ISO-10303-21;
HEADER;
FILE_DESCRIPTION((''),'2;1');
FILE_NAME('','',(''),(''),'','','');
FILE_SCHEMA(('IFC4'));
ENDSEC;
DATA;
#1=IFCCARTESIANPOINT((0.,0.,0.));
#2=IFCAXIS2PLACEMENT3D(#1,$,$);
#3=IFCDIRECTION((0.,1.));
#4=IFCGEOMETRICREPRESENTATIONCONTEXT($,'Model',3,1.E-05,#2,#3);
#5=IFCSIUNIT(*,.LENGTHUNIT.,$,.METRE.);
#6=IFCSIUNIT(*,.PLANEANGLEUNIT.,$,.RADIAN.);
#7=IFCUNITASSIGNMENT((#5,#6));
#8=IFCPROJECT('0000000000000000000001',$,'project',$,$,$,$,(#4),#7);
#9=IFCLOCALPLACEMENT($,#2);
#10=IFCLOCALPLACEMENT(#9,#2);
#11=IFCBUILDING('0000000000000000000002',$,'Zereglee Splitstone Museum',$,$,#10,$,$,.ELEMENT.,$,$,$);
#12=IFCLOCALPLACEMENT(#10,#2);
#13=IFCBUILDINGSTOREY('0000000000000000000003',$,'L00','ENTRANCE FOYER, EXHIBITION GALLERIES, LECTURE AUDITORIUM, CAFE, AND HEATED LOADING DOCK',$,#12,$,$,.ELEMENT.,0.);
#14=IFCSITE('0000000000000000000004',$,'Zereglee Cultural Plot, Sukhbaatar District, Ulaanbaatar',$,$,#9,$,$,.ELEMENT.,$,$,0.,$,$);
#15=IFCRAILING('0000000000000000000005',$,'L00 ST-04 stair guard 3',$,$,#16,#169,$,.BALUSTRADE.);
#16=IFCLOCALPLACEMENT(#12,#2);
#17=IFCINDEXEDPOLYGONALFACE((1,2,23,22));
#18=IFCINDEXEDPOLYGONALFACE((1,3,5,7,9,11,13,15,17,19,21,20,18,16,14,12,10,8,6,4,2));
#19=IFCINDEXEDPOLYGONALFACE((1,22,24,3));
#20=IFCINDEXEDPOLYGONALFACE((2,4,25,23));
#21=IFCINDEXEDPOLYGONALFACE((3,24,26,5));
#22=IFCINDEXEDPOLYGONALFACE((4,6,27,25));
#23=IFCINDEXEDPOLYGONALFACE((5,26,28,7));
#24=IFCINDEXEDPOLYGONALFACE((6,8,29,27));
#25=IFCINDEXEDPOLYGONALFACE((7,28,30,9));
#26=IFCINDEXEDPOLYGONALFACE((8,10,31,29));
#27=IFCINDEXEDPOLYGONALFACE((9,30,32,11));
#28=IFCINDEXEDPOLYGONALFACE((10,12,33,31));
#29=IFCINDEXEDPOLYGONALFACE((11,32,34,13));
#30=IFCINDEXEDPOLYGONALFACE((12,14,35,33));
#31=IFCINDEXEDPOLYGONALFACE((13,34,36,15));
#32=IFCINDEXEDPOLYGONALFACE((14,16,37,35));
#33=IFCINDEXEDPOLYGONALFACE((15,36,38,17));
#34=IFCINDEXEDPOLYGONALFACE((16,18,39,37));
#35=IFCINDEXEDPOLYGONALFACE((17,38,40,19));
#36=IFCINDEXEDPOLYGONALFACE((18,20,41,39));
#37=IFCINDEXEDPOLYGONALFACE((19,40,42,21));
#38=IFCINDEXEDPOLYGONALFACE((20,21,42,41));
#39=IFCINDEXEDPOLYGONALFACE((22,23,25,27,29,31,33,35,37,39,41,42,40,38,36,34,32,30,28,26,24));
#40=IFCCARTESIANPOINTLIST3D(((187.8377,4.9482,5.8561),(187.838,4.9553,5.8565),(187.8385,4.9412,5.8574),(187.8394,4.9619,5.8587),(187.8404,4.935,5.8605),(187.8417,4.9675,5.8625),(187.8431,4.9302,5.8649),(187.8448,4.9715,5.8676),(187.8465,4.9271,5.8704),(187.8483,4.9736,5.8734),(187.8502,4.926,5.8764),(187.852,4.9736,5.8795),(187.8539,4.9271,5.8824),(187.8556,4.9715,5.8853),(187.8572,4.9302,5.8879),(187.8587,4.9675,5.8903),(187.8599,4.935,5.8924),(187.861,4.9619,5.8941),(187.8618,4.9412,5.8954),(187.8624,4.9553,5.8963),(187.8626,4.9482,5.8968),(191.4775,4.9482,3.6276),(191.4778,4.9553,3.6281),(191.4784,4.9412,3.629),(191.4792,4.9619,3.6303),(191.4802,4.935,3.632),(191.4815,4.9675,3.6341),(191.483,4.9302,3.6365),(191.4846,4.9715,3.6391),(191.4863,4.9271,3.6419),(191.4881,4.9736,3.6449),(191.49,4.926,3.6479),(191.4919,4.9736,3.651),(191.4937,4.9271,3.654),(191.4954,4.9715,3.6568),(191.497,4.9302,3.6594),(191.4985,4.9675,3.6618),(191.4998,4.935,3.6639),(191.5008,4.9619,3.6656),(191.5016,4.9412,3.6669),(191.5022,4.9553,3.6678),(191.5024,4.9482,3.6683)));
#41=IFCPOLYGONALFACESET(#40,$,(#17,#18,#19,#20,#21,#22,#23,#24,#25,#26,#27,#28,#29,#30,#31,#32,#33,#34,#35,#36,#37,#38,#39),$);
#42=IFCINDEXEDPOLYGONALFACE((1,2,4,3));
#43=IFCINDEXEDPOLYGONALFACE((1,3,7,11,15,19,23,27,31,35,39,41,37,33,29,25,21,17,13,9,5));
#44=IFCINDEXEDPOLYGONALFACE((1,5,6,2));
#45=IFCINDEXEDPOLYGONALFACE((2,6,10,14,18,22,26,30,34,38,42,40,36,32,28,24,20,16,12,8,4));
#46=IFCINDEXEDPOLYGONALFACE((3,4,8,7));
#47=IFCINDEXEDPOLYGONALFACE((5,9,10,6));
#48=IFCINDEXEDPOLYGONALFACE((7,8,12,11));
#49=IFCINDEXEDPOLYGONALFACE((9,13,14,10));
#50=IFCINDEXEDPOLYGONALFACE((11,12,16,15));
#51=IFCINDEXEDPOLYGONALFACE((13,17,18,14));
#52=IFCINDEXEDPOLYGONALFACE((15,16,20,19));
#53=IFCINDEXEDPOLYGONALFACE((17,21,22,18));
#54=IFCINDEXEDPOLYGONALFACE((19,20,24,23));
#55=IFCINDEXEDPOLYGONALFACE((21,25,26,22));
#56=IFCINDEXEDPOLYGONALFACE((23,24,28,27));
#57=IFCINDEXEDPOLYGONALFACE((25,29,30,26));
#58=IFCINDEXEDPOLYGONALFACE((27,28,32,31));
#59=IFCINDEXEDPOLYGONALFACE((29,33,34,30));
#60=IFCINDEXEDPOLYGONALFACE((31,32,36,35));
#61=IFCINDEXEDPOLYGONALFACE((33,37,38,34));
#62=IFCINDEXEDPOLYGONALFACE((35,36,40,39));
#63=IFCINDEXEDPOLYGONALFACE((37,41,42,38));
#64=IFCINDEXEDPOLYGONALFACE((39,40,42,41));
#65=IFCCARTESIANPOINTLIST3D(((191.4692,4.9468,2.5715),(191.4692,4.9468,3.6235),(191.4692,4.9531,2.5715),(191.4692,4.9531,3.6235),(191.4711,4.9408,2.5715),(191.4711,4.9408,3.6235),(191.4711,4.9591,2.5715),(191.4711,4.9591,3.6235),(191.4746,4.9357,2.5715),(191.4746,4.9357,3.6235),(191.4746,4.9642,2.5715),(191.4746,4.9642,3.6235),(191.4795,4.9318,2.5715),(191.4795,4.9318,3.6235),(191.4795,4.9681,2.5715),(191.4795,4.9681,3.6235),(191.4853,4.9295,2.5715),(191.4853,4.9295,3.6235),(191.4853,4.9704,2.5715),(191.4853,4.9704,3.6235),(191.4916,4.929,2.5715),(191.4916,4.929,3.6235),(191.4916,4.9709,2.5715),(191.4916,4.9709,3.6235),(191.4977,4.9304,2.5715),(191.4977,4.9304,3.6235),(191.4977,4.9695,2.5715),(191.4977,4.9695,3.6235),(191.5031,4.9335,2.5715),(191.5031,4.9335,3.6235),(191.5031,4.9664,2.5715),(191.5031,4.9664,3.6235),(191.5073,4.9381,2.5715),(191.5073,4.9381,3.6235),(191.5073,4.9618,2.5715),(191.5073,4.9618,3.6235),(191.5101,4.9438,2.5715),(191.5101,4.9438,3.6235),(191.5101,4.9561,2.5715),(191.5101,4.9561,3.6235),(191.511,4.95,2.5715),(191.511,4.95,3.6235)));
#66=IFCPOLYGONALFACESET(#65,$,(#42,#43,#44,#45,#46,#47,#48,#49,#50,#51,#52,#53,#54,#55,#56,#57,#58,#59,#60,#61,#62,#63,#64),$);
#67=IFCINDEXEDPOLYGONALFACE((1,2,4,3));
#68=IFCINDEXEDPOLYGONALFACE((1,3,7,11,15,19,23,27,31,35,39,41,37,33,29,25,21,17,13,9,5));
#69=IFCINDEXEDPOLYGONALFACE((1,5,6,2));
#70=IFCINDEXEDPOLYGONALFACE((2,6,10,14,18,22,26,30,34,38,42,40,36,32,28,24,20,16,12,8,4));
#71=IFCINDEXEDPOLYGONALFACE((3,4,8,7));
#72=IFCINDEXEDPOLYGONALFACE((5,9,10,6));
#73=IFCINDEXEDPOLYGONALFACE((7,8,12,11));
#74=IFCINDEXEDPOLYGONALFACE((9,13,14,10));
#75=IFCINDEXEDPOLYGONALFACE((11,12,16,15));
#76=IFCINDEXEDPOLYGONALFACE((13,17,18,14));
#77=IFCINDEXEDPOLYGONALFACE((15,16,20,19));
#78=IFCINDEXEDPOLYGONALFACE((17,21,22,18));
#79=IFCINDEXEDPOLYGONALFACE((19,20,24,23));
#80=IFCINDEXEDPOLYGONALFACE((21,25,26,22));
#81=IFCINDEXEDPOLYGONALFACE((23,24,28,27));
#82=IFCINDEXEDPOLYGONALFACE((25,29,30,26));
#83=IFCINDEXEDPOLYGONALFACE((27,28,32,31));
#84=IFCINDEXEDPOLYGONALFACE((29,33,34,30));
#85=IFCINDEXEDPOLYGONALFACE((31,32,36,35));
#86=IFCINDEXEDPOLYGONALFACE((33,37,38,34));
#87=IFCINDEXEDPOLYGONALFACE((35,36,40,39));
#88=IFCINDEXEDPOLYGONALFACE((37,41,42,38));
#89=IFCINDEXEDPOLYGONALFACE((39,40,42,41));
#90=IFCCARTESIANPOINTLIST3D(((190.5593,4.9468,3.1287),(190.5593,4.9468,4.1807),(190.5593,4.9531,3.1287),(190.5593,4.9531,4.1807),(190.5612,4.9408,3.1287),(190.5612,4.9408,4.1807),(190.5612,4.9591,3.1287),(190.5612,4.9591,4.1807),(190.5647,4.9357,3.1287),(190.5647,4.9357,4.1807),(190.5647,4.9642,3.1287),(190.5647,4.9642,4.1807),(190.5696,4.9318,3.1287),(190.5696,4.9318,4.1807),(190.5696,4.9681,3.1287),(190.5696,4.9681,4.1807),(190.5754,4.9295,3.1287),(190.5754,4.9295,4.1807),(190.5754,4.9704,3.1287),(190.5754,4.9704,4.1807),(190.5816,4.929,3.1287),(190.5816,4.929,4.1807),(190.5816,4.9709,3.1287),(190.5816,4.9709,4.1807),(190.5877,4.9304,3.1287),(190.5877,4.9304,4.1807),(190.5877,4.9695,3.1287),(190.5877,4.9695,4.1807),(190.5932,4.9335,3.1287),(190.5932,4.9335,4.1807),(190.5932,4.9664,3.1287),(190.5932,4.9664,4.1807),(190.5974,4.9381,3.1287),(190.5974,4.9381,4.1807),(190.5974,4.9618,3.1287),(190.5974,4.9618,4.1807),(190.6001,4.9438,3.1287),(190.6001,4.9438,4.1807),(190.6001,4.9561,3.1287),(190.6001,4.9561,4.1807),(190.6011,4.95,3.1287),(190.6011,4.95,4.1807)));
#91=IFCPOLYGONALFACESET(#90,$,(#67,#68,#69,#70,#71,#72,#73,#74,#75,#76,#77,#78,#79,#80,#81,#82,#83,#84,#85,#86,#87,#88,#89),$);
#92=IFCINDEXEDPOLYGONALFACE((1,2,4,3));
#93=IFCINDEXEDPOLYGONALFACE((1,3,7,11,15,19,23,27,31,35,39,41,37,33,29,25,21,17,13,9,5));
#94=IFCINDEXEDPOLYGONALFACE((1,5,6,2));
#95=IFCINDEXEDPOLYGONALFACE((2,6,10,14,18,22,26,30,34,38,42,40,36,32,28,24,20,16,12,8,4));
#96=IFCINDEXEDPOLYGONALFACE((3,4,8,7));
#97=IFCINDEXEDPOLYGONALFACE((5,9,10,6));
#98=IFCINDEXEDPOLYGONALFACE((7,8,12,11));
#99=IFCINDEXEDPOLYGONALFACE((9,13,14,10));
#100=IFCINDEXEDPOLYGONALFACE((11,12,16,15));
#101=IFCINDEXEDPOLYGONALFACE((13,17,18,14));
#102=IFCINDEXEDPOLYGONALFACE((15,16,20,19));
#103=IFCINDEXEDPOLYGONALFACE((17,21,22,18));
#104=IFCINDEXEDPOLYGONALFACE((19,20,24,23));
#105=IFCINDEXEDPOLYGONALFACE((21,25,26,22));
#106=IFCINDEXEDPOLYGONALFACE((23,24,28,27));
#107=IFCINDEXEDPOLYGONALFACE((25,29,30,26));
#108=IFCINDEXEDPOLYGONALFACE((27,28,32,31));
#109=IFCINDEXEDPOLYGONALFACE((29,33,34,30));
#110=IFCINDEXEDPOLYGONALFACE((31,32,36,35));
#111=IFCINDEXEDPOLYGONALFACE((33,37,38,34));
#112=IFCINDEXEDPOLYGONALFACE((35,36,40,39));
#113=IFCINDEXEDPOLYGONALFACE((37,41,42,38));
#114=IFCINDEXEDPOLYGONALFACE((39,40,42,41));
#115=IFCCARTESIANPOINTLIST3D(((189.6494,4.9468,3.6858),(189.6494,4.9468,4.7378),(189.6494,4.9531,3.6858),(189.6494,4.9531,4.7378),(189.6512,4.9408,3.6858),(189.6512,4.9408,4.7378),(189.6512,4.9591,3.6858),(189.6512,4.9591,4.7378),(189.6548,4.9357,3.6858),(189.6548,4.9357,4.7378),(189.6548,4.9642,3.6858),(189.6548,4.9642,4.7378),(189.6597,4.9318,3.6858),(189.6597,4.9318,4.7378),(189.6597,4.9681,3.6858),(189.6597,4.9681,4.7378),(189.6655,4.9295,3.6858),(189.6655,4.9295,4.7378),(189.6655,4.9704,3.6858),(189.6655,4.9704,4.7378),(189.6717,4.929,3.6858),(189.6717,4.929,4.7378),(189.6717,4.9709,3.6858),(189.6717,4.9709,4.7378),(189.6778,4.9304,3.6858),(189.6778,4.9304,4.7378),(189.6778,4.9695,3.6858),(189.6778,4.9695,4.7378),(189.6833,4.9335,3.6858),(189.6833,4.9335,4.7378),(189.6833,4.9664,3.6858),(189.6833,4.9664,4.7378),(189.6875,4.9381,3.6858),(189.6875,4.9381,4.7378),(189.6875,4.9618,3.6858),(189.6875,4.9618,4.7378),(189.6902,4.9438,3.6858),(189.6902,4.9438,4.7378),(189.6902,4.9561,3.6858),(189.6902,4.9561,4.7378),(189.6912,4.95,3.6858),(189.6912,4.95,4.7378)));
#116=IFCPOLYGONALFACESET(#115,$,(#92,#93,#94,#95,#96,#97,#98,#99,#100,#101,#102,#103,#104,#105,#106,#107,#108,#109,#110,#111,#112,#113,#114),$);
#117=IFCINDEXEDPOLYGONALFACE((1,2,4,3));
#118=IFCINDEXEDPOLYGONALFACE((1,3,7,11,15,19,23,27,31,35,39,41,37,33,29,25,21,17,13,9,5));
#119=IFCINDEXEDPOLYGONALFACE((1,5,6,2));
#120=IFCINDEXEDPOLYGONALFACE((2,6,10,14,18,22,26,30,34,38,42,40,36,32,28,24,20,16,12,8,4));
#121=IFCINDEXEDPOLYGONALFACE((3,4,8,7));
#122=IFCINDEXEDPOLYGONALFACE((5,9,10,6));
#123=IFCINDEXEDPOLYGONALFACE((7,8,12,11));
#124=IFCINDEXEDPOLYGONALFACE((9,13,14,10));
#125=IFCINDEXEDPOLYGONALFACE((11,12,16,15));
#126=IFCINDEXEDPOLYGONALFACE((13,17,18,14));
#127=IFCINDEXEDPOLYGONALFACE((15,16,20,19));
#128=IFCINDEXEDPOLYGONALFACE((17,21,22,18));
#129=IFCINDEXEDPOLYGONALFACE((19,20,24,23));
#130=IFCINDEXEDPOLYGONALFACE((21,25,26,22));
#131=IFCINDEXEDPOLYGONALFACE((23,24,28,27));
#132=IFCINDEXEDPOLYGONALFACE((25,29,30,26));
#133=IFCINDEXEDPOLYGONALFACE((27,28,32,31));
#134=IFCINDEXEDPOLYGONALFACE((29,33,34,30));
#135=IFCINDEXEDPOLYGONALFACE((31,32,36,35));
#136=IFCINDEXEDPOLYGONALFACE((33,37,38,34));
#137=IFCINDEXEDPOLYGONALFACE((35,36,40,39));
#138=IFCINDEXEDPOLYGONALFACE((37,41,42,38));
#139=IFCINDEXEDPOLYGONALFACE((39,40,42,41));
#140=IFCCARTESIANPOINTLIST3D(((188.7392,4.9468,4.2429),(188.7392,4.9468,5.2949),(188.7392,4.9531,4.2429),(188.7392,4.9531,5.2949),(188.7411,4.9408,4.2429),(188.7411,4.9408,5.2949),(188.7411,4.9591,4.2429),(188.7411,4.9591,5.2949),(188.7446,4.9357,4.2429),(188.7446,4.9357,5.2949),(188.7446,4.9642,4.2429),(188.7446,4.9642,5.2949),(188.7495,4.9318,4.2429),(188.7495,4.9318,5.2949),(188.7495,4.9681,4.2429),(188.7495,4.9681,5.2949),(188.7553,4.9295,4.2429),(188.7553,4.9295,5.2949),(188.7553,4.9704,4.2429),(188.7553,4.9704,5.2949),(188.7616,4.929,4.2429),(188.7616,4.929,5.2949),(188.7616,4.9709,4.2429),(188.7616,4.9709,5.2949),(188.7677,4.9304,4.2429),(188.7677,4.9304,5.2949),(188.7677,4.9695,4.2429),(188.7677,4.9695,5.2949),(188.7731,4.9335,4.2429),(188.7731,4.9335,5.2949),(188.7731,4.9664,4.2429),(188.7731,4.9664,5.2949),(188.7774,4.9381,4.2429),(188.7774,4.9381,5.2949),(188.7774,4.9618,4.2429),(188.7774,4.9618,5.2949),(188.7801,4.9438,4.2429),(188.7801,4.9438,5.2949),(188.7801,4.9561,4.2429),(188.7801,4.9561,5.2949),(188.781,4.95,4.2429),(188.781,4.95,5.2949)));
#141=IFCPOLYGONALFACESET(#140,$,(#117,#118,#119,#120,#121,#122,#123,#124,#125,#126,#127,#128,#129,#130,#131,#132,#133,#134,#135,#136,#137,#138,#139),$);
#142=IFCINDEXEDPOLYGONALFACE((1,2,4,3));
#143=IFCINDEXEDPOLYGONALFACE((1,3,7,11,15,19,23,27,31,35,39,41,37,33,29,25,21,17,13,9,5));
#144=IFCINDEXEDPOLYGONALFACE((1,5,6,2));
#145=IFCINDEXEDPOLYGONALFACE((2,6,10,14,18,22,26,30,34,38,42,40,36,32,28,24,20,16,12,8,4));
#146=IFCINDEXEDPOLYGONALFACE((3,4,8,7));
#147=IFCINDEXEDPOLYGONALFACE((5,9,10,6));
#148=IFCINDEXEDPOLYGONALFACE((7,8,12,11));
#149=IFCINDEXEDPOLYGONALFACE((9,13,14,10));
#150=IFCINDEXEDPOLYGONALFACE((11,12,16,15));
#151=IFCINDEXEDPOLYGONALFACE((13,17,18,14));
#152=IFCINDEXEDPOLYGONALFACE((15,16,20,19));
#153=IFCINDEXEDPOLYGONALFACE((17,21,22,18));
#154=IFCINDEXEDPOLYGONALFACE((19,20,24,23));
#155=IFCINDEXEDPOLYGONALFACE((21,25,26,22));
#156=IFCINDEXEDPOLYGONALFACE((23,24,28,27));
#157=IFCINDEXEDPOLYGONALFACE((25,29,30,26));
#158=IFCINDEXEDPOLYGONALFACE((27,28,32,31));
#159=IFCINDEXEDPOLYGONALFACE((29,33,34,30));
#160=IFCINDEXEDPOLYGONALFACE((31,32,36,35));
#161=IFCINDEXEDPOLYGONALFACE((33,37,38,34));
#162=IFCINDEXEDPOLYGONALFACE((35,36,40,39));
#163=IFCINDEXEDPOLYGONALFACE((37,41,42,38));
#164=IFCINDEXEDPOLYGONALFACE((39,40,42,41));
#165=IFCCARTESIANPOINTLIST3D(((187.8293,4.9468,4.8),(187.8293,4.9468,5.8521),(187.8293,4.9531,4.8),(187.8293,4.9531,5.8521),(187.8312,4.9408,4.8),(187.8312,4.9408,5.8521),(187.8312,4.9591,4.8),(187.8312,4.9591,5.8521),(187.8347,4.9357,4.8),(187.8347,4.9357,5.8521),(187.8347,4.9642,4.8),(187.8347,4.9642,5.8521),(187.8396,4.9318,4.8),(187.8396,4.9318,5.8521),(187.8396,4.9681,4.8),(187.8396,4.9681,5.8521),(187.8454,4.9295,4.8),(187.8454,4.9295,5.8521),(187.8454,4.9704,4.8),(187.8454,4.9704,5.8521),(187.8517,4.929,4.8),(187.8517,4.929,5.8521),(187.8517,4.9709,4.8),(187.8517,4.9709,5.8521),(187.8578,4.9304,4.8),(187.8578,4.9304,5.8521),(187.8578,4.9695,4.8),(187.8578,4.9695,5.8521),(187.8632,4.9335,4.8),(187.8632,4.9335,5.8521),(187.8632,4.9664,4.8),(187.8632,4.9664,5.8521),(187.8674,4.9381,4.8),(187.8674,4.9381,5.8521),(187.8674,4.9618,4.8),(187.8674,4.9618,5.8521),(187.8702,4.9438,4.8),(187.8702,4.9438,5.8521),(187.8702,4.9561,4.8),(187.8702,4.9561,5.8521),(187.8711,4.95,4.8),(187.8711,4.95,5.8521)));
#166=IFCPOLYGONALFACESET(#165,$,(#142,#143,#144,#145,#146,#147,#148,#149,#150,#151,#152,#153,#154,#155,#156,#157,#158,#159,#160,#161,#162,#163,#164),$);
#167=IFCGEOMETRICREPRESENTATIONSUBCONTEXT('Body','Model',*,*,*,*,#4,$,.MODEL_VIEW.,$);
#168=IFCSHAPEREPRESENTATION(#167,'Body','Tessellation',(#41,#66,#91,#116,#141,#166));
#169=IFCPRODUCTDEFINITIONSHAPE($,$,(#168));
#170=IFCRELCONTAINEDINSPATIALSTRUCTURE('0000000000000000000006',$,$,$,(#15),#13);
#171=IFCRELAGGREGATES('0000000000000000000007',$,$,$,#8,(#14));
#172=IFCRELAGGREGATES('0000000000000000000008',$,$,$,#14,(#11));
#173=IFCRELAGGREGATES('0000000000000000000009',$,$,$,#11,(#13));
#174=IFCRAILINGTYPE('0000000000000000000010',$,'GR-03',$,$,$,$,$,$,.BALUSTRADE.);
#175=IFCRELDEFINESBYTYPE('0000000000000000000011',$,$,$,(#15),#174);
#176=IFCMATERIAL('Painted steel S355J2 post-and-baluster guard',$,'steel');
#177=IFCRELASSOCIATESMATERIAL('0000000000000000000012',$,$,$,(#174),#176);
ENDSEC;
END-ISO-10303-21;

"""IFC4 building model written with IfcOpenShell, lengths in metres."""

from ifc_helpers import new_model, si_unit, direction, frame, origin, origin_2d, place, context, subcontext, project, spatial, circle, extrude, material, type_object, element, save


model = new_model("IFC4")

# Units and contexts
model_context = context("Model", 3, precision=1e-05, world=origin(), true_north=direction((0.0, 1.0)))
body_context = subcontext(model_context, "Body", "Model", "MODEL_VIEW")
ifc_project = project(units=[si_unit("LENGTHUNIT", "METRE"), si_unit("PLANEANGLEUNIT", "RADIAN")], contexts=[model_context])

# Site, building, storey
site_placement = place(None, origin())
site = spatial("IfcSite", under=ifc_project, at=site_placement, Name="Zereglee Cultural Plot, Sukhbaatar District, Ulaanbaatar", CompositionType="ELEMENT", RefElevation=0.0)
building_placement = place(site_placement, origin())
building = spatial("IfcBuilding", under=site, at=building_placement, Name="Zereglee Splitstone Museum", CompositionType="ELEMENT")
storey_placement = place(building_placement, origin())
storey = spatial("IfcBuildingStorey", under=building, at=storey_placement, Name="L00", Description="ENTRANCE FOYER, EXHIBITION GALLERIES, LECTURE AUDITORIUM, CAFE, AND HEATED LOADING DOCK", CompositionType="ELEMENT", Elevation=0.0)

# Railing
ifc_material_1 = material(Name="Painted steel S355J2 post-and-baluster guard", Category="steel")
railing_type_1 = type_object("IfcRailingType", Name="GR-03", PredefinedType="BALUSTRADE", material=ifc_material_1)
railing_1_placement = place(storey_placement, frame((191.49, 4.95, 2.5715)))
element("IfcRailing", 1, at=railing_1_placement, inside=storey, type_object=railing_type_1, Name="L00 ST-04 stair guard 3", PredefinedType="BALUSTRADE", context=body_context, shape_type="SweptSolid", body=[
    extrude(circle(Radius=0.0239, at=origin_2d()), frame((0.0, 0.0, 1.0764), z_axis=(-0.85285, 0.0, 0.522156), x_axis=(0.0, -1.0, 0.0)), (0.0, 0.0, 1.0), 4.2678),
    extrude(circle(Radius=0.021, at=origin_2d()), origin(), (0.0, 0.0, 1.0), 1.052),
    extrude(circle(Radius=0.021, at=origin_2d()), frame((-0.9099, 0.0, 0.5571)), (0.0, 0.0, 1.0), 1.052),
    extrude(circle(Radius=0.021, at=origin_2d()), frame((-1.8198, 0.0, 1.1143)), (0.0, 0.0, 1.0), 1.052),
    extrude(circle(Radius=0.021, at=origin_2d()), frame((-2.73, 0.0, 1.6714)), (0.0, 0.0, 1.0), 1.052),
    extrude(circle(Radius=0.021, at=origin_2d()), frame((-3.6399, 0.0, 2.2285)), (0.0, 0.0, 1.0), 1.052),
])

save(model, "model.ifc")
